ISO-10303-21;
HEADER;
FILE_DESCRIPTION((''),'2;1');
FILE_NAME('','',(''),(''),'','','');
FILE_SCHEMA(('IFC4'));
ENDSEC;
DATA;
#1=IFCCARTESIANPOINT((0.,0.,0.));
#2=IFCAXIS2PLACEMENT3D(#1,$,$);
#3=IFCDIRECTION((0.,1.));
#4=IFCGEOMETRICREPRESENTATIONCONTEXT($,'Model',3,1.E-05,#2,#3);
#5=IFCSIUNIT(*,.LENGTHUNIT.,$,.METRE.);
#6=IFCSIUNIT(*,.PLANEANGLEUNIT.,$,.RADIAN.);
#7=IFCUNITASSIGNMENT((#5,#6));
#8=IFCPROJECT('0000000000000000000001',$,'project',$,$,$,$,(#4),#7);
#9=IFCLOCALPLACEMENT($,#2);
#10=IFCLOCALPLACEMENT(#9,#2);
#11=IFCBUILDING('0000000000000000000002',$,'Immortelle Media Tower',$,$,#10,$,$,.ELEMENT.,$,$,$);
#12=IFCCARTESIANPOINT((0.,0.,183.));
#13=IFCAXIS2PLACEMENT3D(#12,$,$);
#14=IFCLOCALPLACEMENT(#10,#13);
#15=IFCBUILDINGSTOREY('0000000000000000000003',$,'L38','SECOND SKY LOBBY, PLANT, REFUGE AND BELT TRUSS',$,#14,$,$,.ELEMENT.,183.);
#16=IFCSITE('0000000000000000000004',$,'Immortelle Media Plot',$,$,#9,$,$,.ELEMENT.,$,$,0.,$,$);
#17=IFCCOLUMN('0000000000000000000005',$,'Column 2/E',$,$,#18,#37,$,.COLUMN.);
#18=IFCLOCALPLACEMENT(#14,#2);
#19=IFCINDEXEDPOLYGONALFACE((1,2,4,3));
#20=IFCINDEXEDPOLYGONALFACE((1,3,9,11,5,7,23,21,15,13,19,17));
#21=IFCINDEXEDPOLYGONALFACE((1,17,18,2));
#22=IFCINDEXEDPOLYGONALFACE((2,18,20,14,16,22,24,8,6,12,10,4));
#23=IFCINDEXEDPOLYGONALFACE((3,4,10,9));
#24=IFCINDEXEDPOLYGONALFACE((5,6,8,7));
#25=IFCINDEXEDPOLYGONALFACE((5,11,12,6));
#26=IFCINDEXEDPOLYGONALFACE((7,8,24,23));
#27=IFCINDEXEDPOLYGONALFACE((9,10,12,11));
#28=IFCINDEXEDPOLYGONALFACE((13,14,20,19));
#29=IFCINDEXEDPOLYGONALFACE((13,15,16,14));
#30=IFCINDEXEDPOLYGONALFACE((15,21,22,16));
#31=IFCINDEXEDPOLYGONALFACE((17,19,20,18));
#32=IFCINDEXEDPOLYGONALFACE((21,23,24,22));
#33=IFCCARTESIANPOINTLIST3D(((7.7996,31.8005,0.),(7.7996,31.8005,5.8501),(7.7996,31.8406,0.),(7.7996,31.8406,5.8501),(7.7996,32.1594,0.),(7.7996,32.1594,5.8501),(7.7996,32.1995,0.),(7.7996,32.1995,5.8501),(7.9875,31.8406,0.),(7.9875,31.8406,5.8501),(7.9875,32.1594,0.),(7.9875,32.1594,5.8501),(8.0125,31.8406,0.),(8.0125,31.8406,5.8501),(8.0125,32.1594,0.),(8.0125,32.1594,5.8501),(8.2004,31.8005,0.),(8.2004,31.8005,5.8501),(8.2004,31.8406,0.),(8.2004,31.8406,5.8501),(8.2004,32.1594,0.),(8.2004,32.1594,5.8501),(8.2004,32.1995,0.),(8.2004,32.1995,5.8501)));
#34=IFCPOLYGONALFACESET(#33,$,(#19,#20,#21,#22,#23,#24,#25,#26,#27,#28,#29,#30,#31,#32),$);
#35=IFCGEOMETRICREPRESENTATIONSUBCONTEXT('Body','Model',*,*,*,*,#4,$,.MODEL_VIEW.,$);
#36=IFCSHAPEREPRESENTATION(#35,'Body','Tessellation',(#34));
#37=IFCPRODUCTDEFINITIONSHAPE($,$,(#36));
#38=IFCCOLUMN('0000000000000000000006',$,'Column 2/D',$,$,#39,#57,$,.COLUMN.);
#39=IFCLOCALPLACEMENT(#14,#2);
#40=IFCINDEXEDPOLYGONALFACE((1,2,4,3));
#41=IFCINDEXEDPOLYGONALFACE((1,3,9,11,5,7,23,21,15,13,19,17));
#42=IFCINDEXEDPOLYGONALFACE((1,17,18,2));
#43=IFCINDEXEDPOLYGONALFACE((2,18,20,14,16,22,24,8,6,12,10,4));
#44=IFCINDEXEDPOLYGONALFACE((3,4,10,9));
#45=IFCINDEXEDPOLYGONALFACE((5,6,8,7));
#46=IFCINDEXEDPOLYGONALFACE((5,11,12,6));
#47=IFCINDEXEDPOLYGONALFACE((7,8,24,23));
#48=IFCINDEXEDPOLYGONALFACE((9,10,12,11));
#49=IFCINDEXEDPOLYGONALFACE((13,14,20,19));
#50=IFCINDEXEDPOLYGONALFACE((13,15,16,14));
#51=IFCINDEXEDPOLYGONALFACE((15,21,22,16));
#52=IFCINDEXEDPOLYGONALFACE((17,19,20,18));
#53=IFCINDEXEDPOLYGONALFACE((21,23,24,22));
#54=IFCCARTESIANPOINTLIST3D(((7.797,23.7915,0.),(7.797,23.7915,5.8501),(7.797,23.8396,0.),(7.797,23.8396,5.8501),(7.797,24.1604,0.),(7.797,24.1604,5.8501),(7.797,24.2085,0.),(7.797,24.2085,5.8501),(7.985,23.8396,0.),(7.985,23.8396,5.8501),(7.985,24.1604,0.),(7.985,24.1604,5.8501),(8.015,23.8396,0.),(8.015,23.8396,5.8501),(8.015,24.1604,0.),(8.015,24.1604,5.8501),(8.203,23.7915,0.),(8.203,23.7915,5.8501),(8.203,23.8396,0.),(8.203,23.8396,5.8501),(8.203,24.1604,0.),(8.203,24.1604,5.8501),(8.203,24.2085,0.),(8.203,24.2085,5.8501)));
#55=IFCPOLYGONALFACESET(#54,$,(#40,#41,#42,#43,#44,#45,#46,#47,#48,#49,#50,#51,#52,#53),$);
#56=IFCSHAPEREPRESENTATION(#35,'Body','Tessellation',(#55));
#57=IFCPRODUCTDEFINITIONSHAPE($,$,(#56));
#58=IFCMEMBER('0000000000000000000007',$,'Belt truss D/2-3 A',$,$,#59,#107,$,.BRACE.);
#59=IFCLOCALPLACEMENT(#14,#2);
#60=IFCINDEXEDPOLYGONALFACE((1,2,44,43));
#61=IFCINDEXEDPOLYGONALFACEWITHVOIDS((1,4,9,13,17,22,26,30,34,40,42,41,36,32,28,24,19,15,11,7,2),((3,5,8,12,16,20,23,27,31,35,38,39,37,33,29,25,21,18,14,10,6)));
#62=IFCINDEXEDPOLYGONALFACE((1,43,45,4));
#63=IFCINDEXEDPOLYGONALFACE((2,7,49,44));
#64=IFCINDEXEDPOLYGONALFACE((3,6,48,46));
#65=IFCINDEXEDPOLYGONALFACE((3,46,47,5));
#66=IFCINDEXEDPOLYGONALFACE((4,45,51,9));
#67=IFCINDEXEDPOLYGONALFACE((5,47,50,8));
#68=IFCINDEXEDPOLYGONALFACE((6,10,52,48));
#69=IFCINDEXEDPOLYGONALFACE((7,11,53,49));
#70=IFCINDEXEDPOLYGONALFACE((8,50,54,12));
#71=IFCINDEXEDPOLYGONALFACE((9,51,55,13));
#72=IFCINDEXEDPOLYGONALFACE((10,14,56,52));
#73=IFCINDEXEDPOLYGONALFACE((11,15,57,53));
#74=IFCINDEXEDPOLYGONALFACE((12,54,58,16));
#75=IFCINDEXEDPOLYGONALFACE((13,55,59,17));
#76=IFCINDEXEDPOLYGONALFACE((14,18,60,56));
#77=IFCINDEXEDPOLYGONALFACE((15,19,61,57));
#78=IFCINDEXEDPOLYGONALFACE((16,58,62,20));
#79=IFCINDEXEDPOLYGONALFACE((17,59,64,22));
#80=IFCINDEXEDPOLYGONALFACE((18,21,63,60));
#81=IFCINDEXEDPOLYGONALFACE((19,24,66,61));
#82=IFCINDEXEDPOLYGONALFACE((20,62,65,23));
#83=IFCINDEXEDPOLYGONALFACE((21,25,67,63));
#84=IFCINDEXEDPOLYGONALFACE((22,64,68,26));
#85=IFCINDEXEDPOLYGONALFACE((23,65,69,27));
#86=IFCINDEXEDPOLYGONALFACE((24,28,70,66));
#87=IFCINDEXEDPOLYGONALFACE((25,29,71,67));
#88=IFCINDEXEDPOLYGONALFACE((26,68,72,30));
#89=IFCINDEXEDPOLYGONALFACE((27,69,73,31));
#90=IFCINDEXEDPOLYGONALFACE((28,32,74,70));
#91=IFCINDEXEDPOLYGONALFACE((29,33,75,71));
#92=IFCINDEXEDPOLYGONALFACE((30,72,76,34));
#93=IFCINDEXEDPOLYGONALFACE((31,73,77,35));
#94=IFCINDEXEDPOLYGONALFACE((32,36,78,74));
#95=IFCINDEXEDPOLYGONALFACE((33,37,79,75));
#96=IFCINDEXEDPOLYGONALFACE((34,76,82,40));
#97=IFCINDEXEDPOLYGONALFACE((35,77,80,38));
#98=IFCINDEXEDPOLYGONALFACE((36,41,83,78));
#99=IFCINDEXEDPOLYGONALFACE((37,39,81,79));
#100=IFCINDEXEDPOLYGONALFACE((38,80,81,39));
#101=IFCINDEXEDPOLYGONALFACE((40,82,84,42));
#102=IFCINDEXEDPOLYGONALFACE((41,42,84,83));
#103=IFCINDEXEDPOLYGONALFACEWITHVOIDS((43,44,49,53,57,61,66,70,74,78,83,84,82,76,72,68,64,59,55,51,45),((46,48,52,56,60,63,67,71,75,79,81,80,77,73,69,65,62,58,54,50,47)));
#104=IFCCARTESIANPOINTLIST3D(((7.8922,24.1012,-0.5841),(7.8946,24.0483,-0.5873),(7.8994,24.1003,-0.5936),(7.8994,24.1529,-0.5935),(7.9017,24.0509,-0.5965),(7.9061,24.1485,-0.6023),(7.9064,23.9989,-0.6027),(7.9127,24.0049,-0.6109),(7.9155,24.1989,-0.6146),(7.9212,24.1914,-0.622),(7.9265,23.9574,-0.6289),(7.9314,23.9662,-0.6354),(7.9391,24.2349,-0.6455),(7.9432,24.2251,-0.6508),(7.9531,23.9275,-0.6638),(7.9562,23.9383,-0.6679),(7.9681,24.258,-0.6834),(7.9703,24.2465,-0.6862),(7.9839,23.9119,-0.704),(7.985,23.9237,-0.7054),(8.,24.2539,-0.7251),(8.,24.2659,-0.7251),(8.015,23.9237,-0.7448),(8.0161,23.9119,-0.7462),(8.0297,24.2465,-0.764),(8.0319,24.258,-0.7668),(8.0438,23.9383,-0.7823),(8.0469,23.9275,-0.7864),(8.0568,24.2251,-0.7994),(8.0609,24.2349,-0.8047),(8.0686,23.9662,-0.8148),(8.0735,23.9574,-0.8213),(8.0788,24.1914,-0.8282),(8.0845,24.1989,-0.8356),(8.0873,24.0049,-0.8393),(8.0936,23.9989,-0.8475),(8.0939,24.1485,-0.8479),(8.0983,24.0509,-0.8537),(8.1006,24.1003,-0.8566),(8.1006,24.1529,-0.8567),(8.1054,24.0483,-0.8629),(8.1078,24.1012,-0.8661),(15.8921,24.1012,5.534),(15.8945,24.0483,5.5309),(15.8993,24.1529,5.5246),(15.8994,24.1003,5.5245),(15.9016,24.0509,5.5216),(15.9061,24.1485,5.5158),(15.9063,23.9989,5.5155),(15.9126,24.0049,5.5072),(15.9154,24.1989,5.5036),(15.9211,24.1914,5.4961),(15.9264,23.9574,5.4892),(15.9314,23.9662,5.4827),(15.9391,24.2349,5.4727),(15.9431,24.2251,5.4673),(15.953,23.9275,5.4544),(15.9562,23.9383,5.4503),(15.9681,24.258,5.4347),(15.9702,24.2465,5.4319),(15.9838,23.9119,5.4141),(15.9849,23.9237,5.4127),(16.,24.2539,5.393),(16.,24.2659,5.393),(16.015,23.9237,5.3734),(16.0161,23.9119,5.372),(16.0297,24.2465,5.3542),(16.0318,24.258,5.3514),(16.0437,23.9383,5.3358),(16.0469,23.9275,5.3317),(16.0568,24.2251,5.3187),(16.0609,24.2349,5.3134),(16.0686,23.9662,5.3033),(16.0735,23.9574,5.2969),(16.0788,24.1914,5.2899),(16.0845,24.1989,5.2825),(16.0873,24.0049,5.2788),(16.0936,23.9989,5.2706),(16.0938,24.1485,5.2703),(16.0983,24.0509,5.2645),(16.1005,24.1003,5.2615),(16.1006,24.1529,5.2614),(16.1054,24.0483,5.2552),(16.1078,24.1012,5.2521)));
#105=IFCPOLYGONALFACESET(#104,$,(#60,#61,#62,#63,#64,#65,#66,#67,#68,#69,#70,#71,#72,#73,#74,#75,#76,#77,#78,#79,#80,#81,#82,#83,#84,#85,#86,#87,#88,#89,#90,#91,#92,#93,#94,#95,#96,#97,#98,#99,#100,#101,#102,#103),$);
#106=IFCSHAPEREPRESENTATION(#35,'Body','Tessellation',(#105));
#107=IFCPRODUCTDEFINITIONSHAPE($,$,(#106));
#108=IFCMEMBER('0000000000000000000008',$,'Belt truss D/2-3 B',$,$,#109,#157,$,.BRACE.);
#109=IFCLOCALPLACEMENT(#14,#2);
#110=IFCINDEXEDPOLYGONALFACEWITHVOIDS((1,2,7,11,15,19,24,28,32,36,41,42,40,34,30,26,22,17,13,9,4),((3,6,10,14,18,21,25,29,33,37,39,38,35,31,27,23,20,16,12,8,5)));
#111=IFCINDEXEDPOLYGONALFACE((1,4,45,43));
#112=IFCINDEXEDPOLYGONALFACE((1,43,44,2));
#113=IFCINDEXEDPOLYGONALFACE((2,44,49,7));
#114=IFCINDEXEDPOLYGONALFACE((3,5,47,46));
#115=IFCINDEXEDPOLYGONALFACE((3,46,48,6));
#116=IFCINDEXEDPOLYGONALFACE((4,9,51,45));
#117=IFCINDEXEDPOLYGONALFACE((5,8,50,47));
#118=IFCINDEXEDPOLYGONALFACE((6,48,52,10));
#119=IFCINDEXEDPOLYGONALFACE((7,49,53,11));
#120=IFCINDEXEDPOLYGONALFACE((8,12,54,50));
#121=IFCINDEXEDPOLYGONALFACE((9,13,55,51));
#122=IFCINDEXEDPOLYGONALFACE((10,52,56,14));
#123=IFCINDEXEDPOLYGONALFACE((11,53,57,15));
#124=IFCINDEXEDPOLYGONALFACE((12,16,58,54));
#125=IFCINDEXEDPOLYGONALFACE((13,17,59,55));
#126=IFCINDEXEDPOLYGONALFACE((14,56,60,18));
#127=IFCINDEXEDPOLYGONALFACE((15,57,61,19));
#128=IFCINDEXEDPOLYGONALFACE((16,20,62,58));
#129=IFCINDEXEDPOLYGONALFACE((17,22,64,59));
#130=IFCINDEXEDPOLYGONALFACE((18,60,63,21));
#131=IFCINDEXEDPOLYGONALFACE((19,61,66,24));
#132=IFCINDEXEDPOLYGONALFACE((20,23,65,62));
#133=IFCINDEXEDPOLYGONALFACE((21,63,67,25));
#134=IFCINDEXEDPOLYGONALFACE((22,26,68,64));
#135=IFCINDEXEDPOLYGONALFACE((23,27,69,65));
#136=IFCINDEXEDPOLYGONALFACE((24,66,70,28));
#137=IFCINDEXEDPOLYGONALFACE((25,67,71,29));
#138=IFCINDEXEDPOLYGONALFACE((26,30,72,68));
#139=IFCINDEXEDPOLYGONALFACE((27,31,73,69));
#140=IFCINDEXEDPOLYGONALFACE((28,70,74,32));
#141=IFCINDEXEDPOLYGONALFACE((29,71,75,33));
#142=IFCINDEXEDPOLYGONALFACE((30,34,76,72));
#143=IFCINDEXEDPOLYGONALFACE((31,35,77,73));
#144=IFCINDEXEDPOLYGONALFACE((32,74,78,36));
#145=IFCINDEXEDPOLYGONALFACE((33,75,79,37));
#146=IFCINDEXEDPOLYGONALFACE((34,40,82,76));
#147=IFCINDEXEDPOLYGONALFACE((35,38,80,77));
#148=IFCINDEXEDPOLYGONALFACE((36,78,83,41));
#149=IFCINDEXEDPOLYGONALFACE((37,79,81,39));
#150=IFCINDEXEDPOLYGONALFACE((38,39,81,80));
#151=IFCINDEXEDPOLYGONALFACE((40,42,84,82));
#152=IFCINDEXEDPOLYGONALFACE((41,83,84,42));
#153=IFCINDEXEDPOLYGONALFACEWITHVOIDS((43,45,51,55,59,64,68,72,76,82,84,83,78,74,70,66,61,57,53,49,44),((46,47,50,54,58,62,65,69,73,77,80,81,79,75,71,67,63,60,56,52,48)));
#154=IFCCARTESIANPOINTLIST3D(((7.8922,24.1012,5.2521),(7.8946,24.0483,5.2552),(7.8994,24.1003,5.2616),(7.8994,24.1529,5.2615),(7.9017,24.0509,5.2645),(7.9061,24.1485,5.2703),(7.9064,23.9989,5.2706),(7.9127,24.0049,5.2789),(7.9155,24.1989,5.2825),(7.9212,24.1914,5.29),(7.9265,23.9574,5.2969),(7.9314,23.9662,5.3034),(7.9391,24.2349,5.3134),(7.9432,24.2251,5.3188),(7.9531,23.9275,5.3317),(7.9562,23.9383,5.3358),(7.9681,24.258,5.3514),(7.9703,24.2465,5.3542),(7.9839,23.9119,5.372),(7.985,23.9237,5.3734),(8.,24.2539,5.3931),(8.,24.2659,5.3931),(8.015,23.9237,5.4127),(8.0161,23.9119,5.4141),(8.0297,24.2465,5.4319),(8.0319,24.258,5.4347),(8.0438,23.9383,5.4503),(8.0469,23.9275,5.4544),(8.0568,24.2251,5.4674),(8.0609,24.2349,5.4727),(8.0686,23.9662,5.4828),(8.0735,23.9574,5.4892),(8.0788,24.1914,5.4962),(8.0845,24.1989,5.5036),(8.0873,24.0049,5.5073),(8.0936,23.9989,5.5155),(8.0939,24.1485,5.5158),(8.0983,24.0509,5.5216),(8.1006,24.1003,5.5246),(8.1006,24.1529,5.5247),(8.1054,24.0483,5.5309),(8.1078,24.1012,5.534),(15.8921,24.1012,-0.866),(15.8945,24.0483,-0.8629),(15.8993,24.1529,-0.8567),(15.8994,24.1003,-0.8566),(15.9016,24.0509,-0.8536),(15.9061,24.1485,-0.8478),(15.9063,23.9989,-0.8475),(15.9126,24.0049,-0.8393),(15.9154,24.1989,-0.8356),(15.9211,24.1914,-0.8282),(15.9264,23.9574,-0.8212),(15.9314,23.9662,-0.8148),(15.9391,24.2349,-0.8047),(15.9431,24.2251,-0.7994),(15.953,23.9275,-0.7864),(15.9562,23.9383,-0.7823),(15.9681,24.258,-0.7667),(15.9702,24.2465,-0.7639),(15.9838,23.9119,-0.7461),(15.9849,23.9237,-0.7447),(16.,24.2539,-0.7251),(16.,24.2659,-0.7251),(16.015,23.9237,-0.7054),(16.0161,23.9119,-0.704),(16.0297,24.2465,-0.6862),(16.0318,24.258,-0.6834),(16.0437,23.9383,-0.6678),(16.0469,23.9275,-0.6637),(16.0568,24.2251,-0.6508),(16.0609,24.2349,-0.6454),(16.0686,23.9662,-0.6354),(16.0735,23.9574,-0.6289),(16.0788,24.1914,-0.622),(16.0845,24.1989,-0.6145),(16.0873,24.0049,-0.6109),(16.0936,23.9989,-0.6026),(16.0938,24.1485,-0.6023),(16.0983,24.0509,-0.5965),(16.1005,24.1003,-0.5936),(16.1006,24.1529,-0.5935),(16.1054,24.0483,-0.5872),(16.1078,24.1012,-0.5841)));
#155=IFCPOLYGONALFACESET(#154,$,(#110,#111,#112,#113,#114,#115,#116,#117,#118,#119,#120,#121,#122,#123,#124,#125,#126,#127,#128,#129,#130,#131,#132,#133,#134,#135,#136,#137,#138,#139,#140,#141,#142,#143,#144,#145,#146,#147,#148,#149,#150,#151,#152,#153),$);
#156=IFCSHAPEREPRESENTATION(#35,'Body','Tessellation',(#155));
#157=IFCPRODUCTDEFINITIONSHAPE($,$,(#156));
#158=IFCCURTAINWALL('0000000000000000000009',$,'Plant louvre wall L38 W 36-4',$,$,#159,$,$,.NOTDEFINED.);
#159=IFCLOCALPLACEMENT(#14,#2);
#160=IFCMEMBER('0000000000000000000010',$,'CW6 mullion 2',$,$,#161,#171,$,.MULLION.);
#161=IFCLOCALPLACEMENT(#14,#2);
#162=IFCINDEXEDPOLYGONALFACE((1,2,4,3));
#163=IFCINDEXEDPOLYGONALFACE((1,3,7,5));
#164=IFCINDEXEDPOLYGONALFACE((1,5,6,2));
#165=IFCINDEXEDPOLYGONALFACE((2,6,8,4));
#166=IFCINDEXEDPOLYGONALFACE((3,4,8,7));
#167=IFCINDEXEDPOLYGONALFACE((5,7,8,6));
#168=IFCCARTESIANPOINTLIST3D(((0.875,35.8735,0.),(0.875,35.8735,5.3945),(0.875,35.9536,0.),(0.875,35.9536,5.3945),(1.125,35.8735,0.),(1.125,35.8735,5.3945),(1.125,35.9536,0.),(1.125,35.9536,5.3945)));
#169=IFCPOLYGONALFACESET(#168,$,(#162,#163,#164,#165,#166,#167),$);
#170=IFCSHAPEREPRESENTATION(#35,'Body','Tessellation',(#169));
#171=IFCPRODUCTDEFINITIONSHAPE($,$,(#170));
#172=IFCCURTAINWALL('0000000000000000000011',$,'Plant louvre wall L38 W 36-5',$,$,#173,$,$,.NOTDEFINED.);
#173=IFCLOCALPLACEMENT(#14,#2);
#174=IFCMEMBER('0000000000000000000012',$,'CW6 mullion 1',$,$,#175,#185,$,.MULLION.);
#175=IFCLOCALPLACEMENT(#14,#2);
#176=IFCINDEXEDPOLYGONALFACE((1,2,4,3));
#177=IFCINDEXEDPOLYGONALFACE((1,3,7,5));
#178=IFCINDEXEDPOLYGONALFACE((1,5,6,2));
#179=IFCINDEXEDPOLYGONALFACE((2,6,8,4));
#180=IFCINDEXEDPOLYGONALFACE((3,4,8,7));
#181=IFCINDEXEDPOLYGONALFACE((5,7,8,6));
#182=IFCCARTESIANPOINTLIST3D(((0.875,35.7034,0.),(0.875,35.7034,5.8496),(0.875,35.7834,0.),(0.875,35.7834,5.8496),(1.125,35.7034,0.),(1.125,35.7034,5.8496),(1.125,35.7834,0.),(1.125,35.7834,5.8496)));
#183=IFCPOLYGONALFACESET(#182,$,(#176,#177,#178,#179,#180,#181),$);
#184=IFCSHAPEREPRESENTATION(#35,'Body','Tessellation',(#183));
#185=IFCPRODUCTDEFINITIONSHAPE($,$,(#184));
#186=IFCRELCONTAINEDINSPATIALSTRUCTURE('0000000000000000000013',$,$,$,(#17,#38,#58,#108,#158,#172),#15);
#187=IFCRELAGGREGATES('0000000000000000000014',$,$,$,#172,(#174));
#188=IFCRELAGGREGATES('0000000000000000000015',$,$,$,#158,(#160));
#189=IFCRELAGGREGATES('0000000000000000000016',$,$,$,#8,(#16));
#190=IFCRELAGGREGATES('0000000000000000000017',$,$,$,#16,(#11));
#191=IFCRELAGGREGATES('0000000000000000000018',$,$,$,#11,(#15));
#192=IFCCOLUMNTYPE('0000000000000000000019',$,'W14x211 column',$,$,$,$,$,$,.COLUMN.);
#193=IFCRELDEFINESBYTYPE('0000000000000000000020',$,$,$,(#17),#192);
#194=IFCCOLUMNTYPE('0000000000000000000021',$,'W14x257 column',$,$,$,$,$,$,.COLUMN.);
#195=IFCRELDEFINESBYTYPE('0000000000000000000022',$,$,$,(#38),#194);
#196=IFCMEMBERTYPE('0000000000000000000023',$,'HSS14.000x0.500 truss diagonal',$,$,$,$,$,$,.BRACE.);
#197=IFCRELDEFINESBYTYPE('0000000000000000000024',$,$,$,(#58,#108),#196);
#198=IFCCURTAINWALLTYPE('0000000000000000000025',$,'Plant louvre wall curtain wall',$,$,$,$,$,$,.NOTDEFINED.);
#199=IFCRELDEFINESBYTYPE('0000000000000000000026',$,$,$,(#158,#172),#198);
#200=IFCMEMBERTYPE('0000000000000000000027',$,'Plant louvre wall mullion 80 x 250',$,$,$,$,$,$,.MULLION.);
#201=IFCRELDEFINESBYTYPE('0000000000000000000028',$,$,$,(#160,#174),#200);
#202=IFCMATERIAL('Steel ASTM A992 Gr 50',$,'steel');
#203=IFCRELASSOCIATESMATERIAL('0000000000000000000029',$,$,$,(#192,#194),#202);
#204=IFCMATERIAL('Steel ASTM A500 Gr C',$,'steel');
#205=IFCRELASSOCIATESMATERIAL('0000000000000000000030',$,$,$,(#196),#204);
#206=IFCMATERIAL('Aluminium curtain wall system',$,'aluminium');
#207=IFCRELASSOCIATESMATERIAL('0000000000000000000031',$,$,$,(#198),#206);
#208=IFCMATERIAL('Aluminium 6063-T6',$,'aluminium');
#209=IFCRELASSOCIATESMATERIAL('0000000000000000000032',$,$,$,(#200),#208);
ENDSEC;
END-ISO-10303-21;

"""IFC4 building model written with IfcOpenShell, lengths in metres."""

from ifc_helpers import new_model, si_unit, direction, frame, origin, origin_2d, place, context, subcontext, project, spatial, rectangle, hollow_circle, i_section, extrude, material, material_profile, profile_set, type_object, element, aggregate, save


model = new_model("IFC4")

# Units and contexts
model_context = context("Model", 3, precision=1e-05, world=origin(), true_north=direction((0.0, 1.0)))
body_context = subcontext(model_context, "Body", "Model", "MODEL_VIEW")
ifc_project = project(units=[si_unit("LENGTHUNIT", "METRE"), si_unit("PLANEANGLEUNIT", "RADIAN")], contexts=[model_context])

# Site, building, storey
site_placement = place(None, origin())
site = spatial("IfcSite", under=ifc_project, at=site_placement, Name="Immortelle Media Plot", CompositionType="ELEMENT", RefElevation=0.0)
building_placement = place(site_placement, origin())
building = spatial("IfcBuilding", under=site, at=building_placement, Name="Immortelle Media Tower", CompositionType="ELEMENT")
storey_placement = place(building_placement, frame((0.0, 0.0, 183.0)))
storey = spatial("IfcBuildingStorey", under=building, at=storey_placement, Name="L38", Description="SECOND SKY LOBBY, PLANT, REFUGE AND BELT TRUSS", CompositionType="ELEMENT", Elevation=183.0)

# Columns
ifc_material_1 = material(Name="Steel ASTM A992 Gr 50", Category="steel")
ifc_material_profile_1 = material_profile(ifc_material_1, i_section(OverallWidth=0.4009, OverallDepth=0.3989, WebThickness=0.0249, FlangeThickness=0.04, at=origin_2d()), Name="W14x211")
ifc_profile_set_1 = profile_set([ifc_material_profile_1], Name="Steel ASTM A992 Gr 50")
column_type_1 = type_object("IfcColumnType", Name="W14x211 column", PredefinedType="COLUMN", material=ifc_profile_set_1)
column_1_placement = place(storey_placement, frame((8.0, 32.0, 0.0), z_axis=(0.0, 0.0, 1.0), x_axis=(1.0, 0.0, 0.0)))
element("IfcColumn", 1, at=column_1_placement, inside=storey, type_object=column_type_1, Name="Column 2/E", PredefinedType="COLUMN", context=body_context, shape_type="SweptSolid", body=[
    extrude(i_section(OverallWidth=0.4009, OverallDepth=0.3989, WebThickness=0.0249, FlangeThickness=0.04, at=origin_2d()), origin(), (0.0, 0.0, 1.0), 5.8501),
])
ifc_material_profile_2 = material_profile(ifc_material_1, i_section(OverallWidth=0.406, OverallDepth=0.417, WebThickness=0.03, FlangeThickness=0.0481, at=origin_2d()), Name="W14x257")
ifc_profile_set_2 = profile_set([ifc_material_profile_2], Name="Steel ASTM A992 Gr 50")
column_type_2 = type_object("IfcColumnType", Name="W14x257 column", PredefinedType="COLUMN", material=ifc_profile_set_2)
column_2_placement = place(storey_placement, frame((8.0, 24.0, 0.0), z_axis=(0.0, 0.0, 1.0), x_axis=(1.0, 0.0, 0.0)))
element("IfcColumn", 2, at=column_2_placement, inside=storey, type_object=column_type_2, Name="Column 2/D", PredefinedType="COLUMN", context=body_context, shape_type="SweptSolid", body=[
    extrude(i_section(OverallWidth=0.406, OverallDepth=0.417, WebThickness=0.03, FlangeThickness=0.0481, at=origin_2d()), origin(), (0.0, 0.0, 1.0), 5.8501),
])

# Members
ifc_material_2 = material(Name="Steel ASTM A500 Gr C", Category="steel")
ifc_material_profile_3 = material_profile(ifc_material_2, hollow_circle(Radius=0.178, WallThickness=0.012, at=origin_2d()), Name="HSS14.000x0.500 truss diagonal")
ifc_profile_set_3 = profile_set([ifc_material_profile_3], Name="Steel ASTM A500 Gr C")
member_type_1 = type_object("IfcMemberType", Name="HSS14.000x0.500 truss diagonal", PredefinedType="BRACE", material=ifc_profile_set_3)
for number, where, z_axis, x_axis, name in (
    (3, (8.0, 24.0879, -0.7251), (0.794333, 0.0, 0.607482), (0.0, 1.0, 0.0), "Belt truss D/2-3 A"),
    (4, (8.0, 24.0879, 5.3931), (0.794333, 0.0, -0.607482), (0.0, 1.0, 0.0), "Belt truss D/2-3 B"),
):
    element("IfcMember", number, at=place(storey_placement, frame(where, z_axis=z_axis, x_axis=x_axis)), inside=storey, type_object=member_type_1, Name=name, PredefinedType="BRACE", context=body_context, shape_type="SweptSolid", body=[
        extrude(hollow_circle(Radius=0.178, WallThickness=0.012, at=origin_2d()), origin(), (0.0, 0.0, 1.0), 10.0713),
    ])

# Curtain walls, members
ifc_material_3 = material(Name="Aluminium curtain wall system", Category="aluminium")
curtain_wall_type = type_object("IfcCurtainWallType", Name="Plant louvre wall curtain wall", PredefinedType="NOTDEFINED", material=ifc_material_3)
curtain_wall_1_placement = place(storey_placement, origin())
curtain_wall_1 = element("IfcCurtainWall", 5, at=curtain_wall_1_placement, inside=storey, type_object=curtain_wall_type, Name="Plant louvre wall L38 W 36-4", PredefinedType="NOTDEFINED")
ifc_material_4 = material(Name="Aluminium 6063-T6", Category="aluminium")
ifc_material_profile_4 = material_profile(ifc_material_4, rectangle(XDim=0.25, YDim=0.0801, at=origin_2d()), Name="AL 80x250")
ifc_profile_set_4 = profile_set([ifc_material_profile_4], Name="Aluminium 6063-T6")
member_type_2 = type_object("IfcMemberType", Name="Plant louvre wall mullion 80 x 250", PredefinedType="MULLION", material=ifc_profile_set_4)
member_1_placement = place(storey_placement, frame((1.0, 35.9136, 0.0), z_axis=(0.0, 0.0, 1.0), x_axis=(1.0, 0.0, 0.0)))
member_1 = element("IfcMember", 6, at=member_1_placement, type_object=member_type_2, Name="CW6 mullion 2", PredefinedType="MULLION", context=body_context, shape_type="SweptSolid", body=[
    extrude(rectangle(XDim=0.25, YDim=0.0801, at=origin_2d()), origin(), (0.0, 0.0, 1.0), 5.3945),
])
curtain_wall_2_placement = place(storey_placement, origin())
curtain_wall_2 = element("IfcCurtainWall", 7, at=curtain_wall_2_placement, inside=storey, type_object=curtain_wall_type, Name="Plant louvre wall L38 W 36-5", PredefinedType="NOTDEFINED")
member_2_placement = place(storey_placement, frame((1.0, 35.7434, 0.0), z_axis=(0.0, 0.0, 1.0), x_axis=(1.0, 0.0, 0.0)))
member_2 = element("IfcMember", 8, at=member_2_placement, type_object=member_type_2, Name="CW6 mullion 1", PredefinedType="MULLION", context=body_context, shape_type="SweptSolid", body=[
    extrude(rectangle(XDim=0.25, YDim=0.0801, at=origin_2d()), origin(), (0.0, 0.0, 1.0), 5.8496),
])
aggregate(curtain_wall_2, [member_2])

aggregate(curtain_wall_1, [member_1])

save(model, "model.ifc")
